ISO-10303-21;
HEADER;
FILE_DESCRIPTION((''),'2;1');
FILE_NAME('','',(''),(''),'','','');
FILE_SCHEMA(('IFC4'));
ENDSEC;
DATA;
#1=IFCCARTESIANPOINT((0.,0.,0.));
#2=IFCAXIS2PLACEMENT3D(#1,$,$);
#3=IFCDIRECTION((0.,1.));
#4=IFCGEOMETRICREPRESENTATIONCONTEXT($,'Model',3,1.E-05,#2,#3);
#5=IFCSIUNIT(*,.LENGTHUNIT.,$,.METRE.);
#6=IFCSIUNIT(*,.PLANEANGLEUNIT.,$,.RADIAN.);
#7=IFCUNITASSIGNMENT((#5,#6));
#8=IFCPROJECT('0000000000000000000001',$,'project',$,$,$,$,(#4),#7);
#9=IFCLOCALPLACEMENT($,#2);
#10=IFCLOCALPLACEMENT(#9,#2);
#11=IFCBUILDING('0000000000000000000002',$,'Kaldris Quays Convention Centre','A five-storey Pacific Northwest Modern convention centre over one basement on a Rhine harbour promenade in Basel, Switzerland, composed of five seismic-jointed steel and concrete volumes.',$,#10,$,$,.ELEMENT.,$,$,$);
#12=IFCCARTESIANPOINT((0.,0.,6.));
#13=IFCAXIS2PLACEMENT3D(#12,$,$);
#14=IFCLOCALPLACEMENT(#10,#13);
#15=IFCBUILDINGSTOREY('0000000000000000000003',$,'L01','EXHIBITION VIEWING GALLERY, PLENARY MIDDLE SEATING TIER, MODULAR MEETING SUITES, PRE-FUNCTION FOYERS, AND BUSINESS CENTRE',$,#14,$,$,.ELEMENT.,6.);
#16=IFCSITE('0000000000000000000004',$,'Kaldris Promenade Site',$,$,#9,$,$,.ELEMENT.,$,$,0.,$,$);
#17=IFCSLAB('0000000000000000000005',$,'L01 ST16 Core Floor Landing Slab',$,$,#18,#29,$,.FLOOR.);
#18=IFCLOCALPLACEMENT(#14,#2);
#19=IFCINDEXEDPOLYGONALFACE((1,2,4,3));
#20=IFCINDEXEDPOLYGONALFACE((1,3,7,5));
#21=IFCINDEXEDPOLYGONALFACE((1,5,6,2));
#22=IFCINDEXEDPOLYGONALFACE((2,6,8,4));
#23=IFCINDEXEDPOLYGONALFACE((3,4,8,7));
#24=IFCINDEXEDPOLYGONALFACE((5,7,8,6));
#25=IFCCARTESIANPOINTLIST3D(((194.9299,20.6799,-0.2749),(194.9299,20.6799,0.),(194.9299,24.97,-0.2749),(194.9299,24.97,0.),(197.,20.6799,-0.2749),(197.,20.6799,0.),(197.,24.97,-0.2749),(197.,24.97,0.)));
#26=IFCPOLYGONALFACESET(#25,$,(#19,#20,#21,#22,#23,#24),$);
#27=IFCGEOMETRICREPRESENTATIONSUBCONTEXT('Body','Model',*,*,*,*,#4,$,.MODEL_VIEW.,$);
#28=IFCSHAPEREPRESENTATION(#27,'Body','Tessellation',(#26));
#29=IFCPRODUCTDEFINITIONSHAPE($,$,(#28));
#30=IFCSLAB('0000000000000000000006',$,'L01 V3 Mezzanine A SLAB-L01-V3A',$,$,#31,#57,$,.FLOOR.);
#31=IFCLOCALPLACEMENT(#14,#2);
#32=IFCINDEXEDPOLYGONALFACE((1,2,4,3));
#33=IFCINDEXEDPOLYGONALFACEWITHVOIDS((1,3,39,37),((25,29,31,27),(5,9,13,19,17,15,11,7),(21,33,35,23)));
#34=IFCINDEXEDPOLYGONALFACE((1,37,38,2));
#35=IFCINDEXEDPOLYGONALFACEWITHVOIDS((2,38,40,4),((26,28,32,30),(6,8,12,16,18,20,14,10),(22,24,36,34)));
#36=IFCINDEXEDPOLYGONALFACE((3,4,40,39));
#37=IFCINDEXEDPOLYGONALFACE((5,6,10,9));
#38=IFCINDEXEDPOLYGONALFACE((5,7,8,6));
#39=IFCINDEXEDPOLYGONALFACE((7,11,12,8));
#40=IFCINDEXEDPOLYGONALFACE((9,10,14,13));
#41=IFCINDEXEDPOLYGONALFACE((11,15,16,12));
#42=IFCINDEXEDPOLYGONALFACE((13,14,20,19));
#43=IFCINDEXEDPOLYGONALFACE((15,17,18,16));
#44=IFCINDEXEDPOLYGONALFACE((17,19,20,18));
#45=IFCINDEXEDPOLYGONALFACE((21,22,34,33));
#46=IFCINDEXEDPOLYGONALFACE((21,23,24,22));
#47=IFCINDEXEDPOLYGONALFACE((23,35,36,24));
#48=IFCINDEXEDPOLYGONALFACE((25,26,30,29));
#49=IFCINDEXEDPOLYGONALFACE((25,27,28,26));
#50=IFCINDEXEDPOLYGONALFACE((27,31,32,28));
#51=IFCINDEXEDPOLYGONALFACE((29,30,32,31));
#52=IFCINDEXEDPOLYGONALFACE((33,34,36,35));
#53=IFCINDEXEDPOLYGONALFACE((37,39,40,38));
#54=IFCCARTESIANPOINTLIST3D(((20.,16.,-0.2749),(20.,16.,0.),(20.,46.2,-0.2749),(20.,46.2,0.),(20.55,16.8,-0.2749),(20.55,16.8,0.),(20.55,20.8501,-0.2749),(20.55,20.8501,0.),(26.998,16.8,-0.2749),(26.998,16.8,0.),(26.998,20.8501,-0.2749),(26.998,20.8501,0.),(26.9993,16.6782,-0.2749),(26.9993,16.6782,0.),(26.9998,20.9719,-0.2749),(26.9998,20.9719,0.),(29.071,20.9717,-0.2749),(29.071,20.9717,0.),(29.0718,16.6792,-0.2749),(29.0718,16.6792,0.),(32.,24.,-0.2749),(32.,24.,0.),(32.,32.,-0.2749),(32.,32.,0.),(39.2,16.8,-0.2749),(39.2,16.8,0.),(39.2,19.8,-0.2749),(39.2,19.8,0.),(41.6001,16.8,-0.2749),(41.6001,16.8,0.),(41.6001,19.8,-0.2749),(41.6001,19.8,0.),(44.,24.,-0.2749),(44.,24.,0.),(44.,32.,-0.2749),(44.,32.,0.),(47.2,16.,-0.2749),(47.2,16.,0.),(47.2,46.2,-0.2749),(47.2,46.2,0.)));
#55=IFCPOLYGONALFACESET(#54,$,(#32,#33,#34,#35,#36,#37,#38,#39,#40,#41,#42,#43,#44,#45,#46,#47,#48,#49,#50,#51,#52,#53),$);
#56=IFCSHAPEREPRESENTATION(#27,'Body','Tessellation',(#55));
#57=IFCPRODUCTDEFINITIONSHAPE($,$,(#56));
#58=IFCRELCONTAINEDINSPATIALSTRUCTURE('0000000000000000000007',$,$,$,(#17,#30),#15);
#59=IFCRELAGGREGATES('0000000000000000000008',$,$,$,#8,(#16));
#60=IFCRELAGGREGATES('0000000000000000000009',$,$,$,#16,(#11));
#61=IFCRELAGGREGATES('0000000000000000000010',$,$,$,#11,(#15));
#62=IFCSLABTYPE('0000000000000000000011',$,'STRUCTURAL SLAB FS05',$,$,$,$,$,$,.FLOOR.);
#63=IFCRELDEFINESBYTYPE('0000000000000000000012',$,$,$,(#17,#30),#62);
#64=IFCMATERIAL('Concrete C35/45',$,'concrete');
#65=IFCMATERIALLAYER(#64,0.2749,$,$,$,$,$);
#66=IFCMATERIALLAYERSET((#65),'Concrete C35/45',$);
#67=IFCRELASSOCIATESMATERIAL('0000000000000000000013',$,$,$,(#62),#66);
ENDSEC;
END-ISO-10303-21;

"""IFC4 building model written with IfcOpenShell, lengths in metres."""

from ifc_helpers import new_model, si_unit, direction, frame, origin, place, context, subcontext, project, spatial, polyline, outline, extrude, material, layer, layer_set, type_object, element, save


model = new_model("IFC4")

# Units and contexts
model_context = context("Model", 3, precision=1e-05, world=origin(), true_north=direction((0.0, 1.0)))
body_context = subcontext(model_context, "Body", "Model", "MODEL_VIEW")
ifc_project = project(units=[si_unit("LENGTHUNIT", "METRE"), si_unit("PLANEANGLEUNIT", "RADIAN")], contexts=[model_context])

# Site, building, storey
site_placement = place(None, origin())
site = spatial("IfcSite", under=ifc_project, at=site_placement, Name="Kaldris Promenade Site", CompositionType="ELEMENT", RefElevation=0.0)
building_placement = place(site_placement, origin())
building = spatial("IfcBuilding", under=site, at=building_placement, Name="Kaldris Quays Convention Centre", Description="A five-storey Pacific Northwest Modern convention centre over one basement on a Rhine harbour promenade in Basel, Switzerland, composed of five seismic-jointed steel and concrete volumes.", CompositionType="ELEMENT")
storey_placement = place(building_placement, frame((0.0, 0.0, 6.0)))
storey = spatial("IfcBuildingStorey", under=building, at=storey_placement, Name="L01", Description="EXHIBITION VIEWING GALLERY, PLENARY MIDDLE SEATING TIER, MODULAR MEETING SUITES, PRE-FUNCTION FOYERS, AND BUSINESS CENTRE", CompositionType="ELEMENT", Elevation=6.0)

# Slabs
ifc_material = material(Name="Concrete C35/45", Category="concrete")
ifc_layer_1 = layer(ifc_material, 0.2749)
ifc_layer_set_1 = layer_set([ifc_layer_1], Name="Concrete C35/45")
slab_type_1 = type_object("IfcSlabType", Name="STRUCTURAL SLAB FS05", PredefinedType="FLOOR", material=ifc_layer_set_1)
slab_1_placement = place(storey_placement, frame((0.0, 0.0, -0.2749)))
element("IfcSlab", 1, at=slab_1_placement, inside=storey, type_object=slab_type_1, Name="L01 ST16 Core Floor Landing Slab", PredefinedType="FLOOR", context=body_context, shape_type="SweptSolid", body=[
    extrude(outline(polyline([(194.9299, 20.6799), (197.0, 20.6799), (197.0, 24.97), (194.9299, 24.97), (194.9299, 20.6799)])), origin(), (0.0, 0.0, 1.0), 0.2749),
])
slab_2_placement = place(storey_placement, frame((0.0, 0.0, -0.2749)))
element("IfcSlab", 2, at=slab_2_placement, inside=storey, type_object=slab_type_1, Name="L01 V3 Mezzanine A SLAB-L01-V3A", PredefinedType="FLOOR", context=body_context, shape_type="SweptSolid", body=[
    extrude(outline(polyline([(20.0, 16.0), (20.0, 46.2), (47.2, 46.2), (47.2, 16.0), (20.0, 16.0)]), holes=[polyline([(41.6001, 16.8), (41.6001, 19.8), (39.2, 19.8), (39.2, 16.8), (41.6001, 16.8)]), polyline([(26.9993, 16.6782), (29.0718, 16.6792), (29.071, 20.9717), (26.9998, 20.9719), (26.998, 20.8501), (20.55, 20.8501), (20.55, 16.8), (26.998, 16.8), (26.9993, 16.6782)]), polyline([(44.0, 24.0), (44.0, 32.0), (32.0, 32.0), (32.0, 24.0), (44.0, 24.0)])]), origin(), (0.0, 0.0, 1.0), 0.2749),
])

save(model, "model.ifc")
